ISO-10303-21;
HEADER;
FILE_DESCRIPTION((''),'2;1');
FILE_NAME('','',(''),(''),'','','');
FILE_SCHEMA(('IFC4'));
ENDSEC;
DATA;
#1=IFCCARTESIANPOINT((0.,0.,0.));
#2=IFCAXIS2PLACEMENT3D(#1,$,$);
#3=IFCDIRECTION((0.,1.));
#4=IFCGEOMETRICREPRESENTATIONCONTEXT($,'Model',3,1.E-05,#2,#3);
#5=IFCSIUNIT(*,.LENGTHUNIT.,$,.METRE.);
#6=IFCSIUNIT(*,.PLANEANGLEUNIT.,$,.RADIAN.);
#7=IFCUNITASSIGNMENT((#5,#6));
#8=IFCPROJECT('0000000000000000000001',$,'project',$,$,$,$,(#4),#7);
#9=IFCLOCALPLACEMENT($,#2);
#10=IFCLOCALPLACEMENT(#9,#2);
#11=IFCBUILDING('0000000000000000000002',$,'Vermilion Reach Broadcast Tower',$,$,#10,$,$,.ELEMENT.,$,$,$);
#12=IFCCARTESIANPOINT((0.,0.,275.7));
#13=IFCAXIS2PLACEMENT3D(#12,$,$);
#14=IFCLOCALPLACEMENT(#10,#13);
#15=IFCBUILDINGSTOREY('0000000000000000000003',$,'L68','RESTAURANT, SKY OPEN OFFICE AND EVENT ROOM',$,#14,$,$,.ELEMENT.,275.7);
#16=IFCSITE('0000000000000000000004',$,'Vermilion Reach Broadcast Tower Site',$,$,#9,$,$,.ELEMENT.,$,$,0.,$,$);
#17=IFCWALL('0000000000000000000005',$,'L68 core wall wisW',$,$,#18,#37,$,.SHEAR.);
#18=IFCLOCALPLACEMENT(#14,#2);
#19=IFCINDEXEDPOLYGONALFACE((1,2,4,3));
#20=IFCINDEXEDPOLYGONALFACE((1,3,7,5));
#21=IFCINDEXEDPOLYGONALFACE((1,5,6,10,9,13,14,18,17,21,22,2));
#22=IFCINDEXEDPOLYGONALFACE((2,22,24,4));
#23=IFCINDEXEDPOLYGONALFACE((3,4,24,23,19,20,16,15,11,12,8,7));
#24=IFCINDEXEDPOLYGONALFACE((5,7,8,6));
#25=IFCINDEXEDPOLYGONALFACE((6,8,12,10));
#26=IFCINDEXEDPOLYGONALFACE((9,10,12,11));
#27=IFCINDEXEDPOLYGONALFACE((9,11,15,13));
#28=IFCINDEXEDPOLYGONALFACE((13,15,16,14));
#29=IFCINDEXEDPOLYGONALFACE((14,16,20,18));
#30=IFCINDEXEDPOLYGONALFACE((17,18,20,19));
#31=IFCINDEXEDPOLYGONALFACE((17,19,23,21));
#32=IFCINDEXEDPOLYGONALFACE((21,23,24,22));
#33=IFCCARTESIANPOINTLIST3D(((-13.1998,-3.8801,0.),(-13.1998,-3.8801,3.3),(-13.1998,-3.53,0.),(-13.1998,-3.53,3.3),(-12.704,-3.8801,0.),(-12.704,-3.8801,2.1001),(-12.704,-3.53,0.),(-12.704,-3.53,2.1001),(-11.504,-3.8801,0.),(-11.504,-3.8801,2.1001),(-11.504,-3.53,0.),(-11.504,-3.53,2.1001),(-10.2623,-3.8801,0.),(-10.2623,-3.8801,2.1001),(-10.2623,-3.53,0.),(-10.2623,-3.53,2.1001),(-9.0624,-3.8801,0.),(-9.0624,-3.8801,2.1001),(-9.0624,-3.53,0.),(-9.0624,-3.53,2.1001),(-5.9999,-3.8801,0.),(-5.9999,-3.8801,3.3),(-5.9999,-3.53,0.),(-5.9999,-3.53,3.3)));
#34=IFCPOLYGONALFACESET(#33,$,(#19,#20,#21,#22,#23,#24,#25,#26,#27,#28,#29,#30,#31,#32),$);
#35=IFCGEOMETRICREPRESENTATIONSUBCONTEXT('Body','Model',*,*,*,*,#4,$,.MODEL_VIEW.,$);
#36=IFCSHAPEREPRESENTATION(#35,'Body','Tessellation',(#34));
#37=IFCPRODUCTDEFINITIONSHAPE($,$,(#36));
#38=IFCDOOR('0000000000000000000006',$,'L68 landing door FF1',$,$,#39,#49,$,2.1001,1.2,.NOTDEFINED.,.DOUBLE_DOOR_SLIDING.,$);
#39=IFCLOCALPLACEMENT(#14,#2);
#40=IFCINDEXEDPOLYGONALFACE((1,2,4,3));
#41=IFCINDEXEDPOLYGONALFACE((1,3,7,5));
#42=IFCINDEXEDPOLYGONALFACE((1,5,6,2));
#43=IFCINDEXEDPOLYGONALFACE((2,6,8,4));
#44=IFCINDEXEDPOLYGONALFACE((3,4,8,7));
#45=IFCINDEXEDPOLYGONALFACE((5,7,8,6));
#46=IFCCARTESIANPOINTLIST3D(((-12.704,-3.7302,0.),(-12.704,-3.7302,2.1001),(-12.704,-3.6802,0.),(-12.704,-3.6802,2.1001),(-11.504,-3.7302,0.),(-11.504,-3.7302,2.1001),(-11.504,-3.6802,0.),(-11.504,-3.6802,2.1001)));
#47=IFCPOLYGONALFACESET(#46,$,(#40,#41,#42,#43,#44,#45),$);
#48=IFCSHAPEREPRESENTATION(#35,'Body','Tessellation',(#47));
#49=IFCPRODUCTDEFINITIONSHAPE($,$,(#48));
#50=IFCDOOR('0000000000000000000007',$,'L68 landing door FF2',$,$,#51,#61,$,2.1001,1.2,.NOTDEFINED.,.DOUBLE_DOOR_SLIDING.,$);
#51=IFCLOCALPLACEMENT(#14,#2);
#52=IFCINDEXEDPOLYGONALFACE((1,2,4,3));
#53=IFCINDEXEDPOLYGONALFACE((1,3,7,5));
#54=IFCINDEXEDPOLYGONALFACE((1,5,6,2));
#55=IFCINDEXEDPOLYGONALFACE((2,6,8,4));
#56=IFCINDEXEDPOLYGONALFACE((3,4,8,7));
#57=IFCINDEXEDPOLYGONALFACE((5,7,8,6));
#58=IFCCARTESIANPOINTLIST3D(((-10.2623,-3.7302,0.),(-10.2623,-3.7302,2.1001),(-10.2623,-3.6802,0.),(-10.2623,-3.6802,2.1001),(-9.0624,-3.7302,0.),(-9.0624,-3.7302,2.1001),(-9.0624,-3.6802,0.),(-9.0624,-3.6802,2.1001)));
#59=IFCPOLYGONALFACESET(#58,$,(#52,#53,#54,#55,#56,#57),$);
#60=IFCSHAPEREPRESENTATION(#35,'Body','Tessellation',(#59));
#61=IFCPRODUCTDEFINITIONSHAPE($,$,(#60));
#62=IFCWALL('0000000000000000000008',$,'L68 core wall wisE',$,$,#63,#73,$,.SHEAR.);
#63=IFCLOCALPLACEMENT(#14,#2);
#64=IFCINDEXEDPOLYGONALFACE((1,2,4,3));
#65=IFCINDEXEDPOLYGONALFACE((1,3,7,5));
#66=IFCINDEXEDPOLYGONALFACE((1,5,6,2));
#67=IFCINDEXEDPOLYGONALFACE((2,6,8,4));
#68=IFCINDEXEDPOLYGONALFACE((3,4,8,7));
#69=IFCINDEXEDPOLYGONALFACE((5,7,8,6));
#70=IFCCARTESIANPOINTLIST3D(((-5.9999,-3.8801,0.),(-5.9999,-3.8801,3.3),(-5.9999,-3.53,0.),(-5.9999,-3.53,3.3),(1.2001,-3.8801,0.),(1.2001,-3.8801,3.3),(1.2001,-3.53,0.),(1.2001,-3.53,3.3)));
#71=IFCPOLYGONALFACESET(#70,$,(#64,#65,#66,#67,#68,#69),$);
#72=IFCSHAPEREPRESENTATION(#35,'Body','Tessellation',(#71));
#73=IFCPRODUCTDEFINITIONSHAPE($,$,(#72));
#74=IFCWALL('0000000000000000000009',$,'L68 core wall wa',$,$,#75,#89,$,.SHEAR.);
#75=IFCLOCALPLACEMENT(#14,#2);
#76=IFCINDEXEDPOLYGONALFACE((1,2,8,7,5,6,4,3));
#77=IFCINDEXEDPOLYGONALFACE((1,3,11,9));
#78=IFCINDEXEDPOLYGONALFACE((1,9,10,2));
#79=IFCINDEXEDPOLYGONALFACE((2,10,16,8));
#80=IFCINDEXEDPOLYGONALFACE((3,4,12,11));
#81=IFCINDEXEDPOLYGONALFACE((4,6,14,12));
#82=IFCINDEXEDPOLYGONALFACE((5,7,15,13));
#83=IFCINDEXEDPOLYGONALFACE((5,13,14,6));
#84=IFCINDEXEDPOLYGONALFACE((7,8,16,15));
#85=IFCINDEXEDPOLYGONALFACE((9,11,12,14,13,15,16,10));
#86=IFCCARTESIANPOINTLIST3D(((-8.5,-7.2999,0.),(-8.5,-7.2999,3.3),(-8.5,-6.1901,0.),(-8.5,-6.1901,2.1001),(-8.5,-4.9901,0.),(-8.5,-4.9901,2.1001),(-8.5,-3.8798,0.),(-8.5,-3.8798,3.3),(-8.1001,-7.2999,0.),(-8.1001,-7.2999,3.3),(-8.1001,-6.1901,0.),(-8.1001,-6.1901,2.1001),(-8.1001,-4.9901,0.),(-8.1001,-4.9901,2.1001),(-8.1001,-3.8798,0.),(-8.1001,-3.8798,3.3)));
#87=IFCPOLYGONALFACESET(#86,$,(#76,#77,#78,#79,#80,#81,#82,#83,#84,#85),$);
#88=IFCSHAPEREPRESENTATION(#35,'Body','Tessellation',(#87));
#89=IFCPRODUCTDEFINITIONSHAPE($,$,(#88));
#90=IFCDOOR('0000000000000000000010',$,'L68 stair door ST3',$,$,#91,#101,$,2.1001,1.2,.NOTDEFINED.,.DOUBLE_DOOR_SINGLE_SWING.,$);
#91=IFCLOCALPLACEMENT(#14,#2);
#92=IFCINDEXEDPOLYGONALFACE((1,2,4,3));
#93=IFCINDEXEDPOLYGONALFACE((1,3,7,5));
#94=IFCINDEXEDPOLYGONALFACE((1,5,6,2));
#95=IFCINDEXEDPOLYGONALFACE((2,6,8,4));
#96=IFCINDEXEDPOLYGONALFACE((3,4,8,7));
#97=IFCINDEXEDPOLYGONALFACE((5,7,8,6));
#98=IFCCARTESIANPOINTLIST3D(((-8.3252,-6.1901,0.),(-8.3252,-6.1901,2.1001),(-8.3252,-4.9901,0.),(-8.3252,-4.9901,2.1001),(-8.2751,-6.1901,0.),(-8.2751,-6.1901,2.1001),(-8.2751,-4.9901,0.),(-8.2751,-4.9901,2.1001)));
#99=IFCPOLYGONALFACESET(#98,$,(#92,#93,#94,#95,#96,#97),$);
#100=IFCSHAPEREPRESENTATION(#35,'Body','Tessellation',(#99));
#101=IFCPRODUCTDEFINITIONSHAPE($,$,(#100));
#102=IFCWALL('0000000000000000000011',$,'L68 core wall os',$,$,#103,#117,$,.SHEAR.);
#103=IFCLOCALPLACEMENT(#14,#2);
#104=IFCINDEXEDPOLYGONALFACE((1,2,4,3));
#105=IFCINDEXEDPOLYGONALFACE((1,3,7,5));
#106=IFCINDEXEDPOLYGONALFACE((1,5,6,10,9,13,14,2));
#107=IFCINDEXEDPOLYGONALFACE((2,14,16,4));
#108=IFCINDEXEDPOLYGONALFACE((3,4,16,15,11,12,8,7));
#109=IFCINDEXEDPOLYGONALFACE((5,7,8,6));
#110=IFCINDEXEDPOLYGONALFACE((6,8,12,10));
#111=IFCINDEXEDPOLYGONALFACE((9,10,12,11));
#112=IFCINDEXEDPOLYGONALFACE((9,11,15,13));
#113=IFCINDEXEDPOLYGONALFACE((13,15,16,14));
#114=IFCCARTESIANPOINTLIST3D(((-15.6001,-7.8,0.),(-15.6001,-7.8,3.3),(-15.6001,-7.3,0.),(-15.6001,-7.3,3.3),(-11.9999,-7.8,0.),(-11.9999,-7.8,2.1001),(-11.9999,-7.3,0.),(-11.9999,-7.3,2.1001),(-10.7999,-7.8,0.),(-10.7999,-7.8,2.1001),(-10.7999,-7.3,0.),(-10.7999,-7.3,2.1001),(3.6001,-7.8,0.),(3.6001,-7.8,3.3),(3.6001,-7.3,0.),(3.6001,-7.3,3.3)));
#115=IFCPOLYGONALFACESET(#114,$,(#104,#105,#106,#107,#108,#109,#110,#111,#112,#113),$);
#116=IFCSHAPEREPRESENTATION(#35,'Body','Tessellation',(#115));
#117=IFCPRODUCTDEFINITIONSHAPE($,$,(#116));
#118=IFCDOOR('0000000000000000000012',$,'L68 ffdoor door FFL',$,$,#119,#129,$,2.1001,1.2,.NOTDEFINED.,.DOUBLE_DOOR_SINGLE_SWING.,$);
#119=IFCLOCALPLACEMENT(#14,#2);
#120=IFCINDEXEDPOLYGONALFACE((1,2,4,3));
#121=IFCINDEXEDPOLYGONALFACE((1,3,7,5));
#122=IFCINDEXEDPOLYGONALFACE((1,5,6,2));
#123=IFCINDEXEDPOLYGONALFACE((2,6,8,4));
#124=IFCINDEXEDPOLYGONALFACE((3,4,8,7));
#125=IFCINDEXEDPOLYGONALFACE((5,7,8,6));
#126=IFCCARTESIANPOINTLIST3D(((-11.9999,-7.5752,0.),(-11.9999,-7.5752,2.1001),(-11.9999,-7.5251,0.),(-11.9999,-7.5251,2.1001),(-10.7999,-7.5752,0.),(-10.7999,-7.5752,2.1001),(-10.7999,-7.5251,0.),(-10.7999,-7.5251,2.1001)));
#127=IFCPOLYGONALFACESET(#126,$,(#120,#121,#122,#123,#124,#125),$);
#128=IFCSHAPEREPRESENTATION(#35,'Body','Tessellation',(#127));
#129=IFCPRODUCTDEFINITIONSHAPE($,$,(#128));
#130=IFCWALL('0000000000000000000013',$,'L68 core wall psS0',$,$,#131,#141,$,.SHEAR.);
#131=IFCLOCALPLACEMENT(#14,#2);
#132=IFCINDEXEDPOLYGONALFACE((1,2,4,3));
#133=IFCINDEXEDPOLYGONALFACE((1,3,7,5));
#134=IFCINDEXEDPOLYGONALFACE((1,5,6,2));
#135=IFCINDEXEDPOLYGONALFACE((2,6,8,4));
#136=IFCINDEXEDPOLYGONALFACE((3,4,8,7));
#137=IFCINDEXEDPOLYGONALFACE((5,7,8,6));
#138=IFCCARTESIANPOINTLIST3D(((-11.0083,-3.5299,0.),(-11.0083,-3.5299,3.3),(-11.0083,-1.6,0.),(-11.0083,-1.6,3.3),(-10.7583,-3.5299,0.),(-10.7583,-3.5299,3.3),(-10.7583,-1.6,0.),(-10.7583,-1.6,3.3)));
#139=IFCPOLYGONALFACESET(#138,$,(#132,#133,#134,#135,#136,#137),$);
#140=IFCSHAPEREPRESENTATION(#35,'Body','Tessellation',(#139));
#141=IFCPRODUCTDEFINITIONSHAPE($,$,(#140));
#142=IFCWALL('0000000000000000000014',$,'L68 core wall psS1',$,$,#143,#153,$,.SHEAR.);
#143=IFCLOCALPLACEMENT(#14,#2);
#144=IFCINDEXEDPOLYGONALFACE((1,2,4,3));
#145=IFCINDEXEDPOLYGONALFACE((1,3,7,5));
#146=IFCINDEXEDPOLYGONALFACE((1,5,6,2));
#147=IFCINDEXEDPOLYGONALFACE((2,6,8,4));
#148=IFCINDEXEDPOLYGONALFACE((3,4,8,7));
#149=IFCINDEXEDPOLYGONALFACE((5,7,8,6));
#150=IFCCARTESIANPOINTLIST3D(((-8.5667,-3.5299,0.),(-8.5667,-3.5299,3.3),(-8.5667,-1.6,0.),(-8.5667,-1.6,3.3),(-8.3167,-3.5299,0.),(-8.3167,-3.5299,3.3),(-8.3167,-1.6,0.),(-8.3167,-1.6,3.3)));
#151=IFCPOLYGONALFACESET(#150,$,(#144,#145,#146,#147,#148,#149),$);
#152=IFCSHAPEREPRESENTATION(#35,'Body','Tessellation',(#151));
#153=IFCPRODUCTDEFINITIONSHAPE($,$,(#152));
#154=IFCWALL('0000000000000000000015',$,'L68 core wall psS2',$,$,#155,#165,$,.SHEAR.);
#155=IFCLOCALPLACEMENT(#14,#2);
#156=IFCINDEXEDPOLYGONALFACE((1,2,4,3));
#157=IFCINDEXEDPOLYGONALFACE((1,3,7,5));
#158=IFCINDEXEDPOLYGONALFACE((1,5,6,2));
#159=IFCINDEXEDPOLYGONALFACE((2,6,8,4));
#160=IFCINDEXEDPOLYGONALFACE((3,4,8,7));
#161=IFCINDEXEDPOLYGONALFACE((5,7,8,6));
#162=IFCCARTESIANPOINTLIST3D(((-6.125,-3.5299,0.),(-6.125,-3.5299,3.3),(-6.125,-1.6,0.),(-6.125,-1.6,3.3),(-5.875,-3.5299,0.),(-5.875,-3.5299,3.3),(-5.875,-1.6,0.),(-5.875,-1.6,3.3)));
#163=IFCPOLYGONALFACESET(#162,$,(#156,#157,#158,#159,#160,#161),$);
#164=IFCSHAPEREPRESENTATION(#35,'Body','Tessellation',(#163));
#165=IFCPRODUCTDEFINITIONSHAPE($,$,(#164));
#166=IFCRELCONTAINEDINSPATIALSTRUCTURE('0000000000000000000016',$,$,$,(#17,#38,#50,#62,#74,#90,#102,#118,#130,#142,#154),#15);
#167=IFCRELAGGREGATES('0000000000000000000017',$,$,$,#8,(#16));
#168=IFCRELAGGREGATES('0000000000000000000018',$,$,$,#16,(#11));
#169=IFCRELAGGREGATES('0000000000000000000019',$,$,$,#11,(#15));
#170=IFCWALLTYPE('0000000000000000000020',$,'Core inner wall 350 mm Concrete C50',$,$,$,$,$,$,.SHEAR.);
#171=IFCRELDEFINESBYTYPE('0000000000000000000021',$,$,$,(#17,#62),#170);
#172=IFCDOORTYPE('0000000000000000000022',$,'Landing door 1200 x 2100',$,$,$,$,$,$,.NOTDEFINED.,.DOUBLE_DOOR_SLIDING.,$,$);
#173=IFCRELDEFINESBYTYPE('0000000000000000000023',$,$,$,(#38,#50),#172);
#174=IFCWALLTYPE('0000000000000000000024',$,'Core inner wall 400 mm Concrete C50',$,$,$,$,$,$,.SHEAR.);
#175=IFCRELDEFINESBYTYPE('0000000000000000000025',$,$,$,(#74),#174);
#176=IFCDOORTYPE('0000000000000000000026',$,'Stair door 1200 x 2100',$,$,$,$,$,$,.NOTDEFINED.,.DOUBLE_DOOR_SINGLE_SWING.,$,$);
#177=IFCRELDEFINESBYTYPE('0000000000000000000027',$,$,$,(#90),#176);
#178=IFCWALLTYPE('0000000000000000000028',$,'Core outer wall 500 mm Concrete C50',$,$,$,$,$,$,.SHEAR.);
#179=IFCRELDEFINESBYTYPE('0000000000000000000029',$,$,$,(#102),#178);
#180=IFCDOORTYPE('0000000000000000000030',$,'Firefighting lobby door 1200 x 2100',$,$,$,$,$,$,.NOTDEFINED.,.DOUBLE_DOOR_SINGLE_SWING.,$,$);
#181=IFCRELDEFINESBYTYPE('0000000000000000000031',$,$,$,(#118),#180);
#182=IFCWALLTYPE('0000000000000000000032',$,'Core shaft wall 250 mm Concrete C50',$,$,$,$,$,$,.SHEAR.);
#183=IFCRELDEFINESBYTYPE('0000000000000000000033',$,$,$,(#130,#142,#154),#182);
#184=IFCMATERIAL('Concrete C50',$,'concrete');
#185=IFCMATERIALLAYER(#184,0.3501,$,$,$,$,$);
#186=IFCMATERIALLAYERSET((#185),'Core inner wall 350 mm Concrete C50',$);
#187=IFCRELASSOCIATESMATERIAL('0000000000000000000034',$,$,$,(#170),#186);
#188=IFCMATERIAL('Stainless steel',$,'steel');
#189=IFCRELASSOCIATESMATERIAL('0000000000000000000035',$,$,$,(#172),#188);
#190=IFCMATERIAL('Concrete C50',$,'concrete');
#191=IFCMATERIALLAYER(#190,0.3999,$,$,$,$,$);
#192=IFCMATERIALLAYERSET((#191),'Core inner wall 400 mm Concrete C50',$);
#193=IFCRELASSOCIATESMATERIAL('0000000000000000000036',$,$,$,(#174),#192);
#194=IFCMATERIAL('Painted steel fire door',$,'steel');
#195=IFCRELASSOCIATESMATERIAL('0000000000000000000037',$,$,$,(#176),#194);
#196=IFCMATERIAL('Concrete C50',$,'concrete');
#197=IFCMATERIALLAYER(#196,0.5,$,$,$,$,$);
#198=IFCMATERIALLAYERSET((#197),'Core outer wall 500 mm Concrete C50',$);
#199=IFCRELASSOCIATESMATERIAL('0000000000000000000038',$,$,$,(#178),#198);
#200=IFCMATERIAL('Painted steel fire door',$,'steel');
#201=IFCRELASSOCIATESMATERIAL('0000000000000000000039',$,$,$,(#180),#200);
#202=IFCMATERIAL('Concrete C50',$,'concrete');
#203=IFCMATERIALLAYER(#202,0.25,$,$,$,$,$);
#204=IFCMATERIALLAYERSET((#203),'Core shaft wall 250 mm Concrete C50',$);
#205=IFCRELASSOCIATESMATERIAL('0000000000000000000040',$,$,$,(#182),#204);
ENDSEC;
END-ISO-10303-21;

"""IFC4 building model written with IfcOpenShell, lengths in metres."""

from ifc_helpers import new_model, si_unit, direction, frame, frame_2d, origin, place, context, subcontext, project, spatial, rectangle, extrude, material, layer, layer_set, type_object, element, fill, save


model = new_model("IFC4")

# Units and contexts
model_context = context("Model", 3, precision=1e-05, world=origin(), true_north=direction((0.0, 1.0)))
body_context = subcontext(model_context, "Body", "Model", "MODEL_VIEW")
ifc_project = project(units=[si_unit("LENGTHUNIT", "METRE"), si_unit("PLANEANGLEUNIT", "RADIAN")], contexts=[model_context])

# Site, building, storey
site_placement = place(None, origin())
site = spatial("IfcSite", under=ifc_project, at=site_placement, Name="Vermilion Reach Broadcast Tower Site", CompositionType="ELEMENT", RefElevation=0.0)
building_placement = place(site_placement, origin())
building = spatial("IfcBuilding", under=site, at=building_placement, Name="Vermilion Reach Broadcast Tower", CompositionType="ELEMENT")
storey_placement = place(building_placement, frame((0.0, 0.0, 275.7)))
storey = spatial("IfcBuildingStorey", under=building, at=storey_placement, Name="L68", Description="RESTAURANT, SKY OPEN OFFICE AND EVENT ROOM", CompositionType="ELEMENT", Elevation=275.7)

# Wall, openings, doors
ifc_material_1 = material(Name="Concrete C50", Category="concrete")
ifc_layer_1 = layer(ifc_material_1, 0.3501)
ifc_layer_set_1 = layer_set([ifc_layer_1], Name="Core inner wall 350 mm Concrete C50")
wall_type_1 = type_object("IfcWallType", Name="Core inner wall 350 mm Concrete C50", PredefinedType="SHEAR", material=ifc_layer_set_1)
wall_1_placement = place(storey_placement, frame((-13.2, -3.7051, 0.0), z_axis=(0.0, 0.0, 1.0), x_axis=(1.0, 0.0, 0.0)))
wall_1 = element("IfcWall", 1, at=wall_1_placement, inside=storey, type_object=wall_type_1, Name="L68 core wall wisW", PredefinedType="SHEAR", context=body_context, shape_type="SweptSolid", body=[
    extrude(rectangle(XDim=7.2, YDim=0.3501, at=frame_2d((3.6001, 0.0))), origin(), (0.0, 0.0, 1.0), 3.3),
])
opening_1_placement = place(wall_1_placement, frame((0.4958, 0.0, 0.0)))
opening_1 = element("IfcOpeningElement", 2, at=opening_1_placement, cuts=wall_1, PredefinedType="OPENING", context=body_context, shape_type="SweptSolid", body=[
    extrude(rectangle(XDim=1.2, YDim=2.1001, at=frame_2d((0.6001, 1.05))), frame((0.0, 0.1851, 0.0), z_axis=(0.0, -1.0, 0.0), x_axis=(1.0, 0.0, 0.0)), (0.0, 0.0, 1.0), 0.3701),
])
opening_2_placement = place(wall_1_placement, frame((2.9375, 0.0, 0.0)))
opening_2 = element("IfcOpeningElement", 3, at=opening_2_placement, cuts=wall_1, PredefinedType="OPENING", context=body_context, shape_type="SweptSolid", body=[
    extrude(rectangle(XDim=1.2, YDim=2.1001, at=frame_2d((0.6001, 1.05))), frame((0.0, 0.1851, 0.0), z_axis=(0.0, -1.0, 0.0), x_axis=(1.0, 0.0, 0.0)), (0.0, 0.0, 1.0), 0.3701),
])
ifc_material_2 = material(Name="Stainless steel", Category="steel")
door_type_1 = type_object("IfcDoorType", Name="Landing door 1200 x 2100", OperationType="DOUBLE_DOOR_SLIDING", PredefinedType="NOTDEFINED", material=ifc_material_2)
door_1_placement = place(opening_1_placement, origin())
door_1 = element("IfcDoor", 4, at=door_1_placement, inside=storey, type_object=door_type_1, Name="L68 landing door FF1", OperationType="DOUBLE_DOOR_SLIDING", OverallHeight=2.1001, OverallWidth=1.2, PredefinedType="NOTDEFINED", context=body_context, shape_type="SweptSolid", body=[
    extrude(rectangle(XDim=1.2, YDim=2.1001, at=frame_2d((0.6001, 1.05))), frame((0.0, 0.0249, 0.0), z_axis=(0.0, -1.0, 0.0), x_axis=(1.0, 0.0, 0.0)), (0.0, 0.0, 1.0), 0.05),
])
fill(opening_1, door_1)
door_2_placement = place(opening_2_placement, origin())
door_2 = element("IfcDoor", 5, at=door_2_placement, inside=storey, type_object=door_type_1, Name="L68 landing door FF2", OperationType="DOUBLE_DOOR_SLIDING", OverallHeight=2.1001, OverallWidth=1.2, PredefinedType="NOTDEFINED", context=body_context, shape_type="SweptSolid", body=[
    extrude(rectangle(XDim=1.2, YDim=2.1001, at=frame_2d((0.6001, 1.05))), frame((0.0, 0.0249, 0.0), z_axis=(0.0, -1.0, 0.0), x_axis=(1.0, 0.0, 0.0)), (0.0, 0.0, 1.0), 0.05),
])
fill(opening_2, door_2)

# Wall
wall_2_placement = place(storey_placement, frame((-6.0, -3.7051, 0.0), z_axis=(0.0, 0.0, 1.0), x_axis=(1.0, 0.0, 0.0)))
element("IfcWall", 6, at=wall_2_placement, inside=storey, type_object=wall_type_1, Name="L68 core wall wisE", PredefinedType="SHEAR", context=body_context, shape_type="SweptSolid", body=[
    extrude(rectangle(XDim=7.2, YDim=0.3501, at=frame_2d((3.6001, 0.0))), origin(), (0.0, 0.0, 1.0), 3.3),
])

# Walls, openings, doors
ifc_material_3 = material(Name="Concrete C50", Category="concrete")
ifc_layer_2 = layer(ifc_material_3, 0.3999)
ifc_layer_set_2 = layer_set([ifc_layer_2], Name="Core inner wall 400 mm Concrete C50")
wall_type_2 = type_object("IfcWallType", Name="Core inner wall 400 mm Concrete C50", PredefinedType="SHEAR", material=ifc_layer_set_2)
wall_3_placement = place(storey_placement, frame((-8.3, -3.8799, 0.0), z_axis=(0.0, 0.0, 1.0), x_axis=(0.0, -1.0, 0.0)))
wall_3 = element("IfcWall", 7, at=wall_3_placement, inside=storey, type_object=wall_type_2, Name="L68 core wall wa", PredefinedType="SHEAR", context=body_context, shape_type="SweptSolid", body=[
    extrude(rectangle(XDim=3.4202, YDim=0.3999, at=frame_2d((1.71, 0.0))), origin(), (0.0, 0.0, 1.0), 3.3),
])
opening_3_placement = place(wall_3_placement, frame((1.1101, 0.0, 0.0)))
opening_3 = element("IfcOpeningElement", 8, at=opening_3_placement, cuts=wall_3, PredefinedType="OPENING", context=body_context, shape_type="SweptSolid", body=[
    extrude(rectangle(XDim=1.2, YDim=2.1001, at=frame_2d((0.6001, 1.05))), frame((0.0, 0.21, 0.0), z_axis=(0.0, -1.0, 0.0), x_axis=(1.0, 0.0, 0.0)), (0.0, 0.0, 1.0), 0.4199),
])
ifc_material_4 = material(Name="Painted steel fire door", Category="steel")
door_type_2 = type_object("IfcDoorType", Name="Stair door 1200 x 2100", OperationType="DOUBLE_DOOR_SINGLE_SWING", PredefinedType="NOTDEFINED", material=ifc_material_4)
door_3_placement = place(opening_3_placement, origin())
door_3 = element("IfcDoor", 9, at=door_3_placement, inside=storey, type_object=door_type_2, Name="L68 stair door ST3", OperationType="DOUBLE_DOOR_SINGLE_SWING", OverallHeight=2.1001, OverallWidth=1.2, PredefinedType="NOTDEFINED", context=body_context, shape_type="SweptSolid", body=[
    extrude(rectangle(XDim=1.2, YDim=2.1001, at=frame_2d((0.6001, 1.05))), frame((0.0, 0.0249, 0.0), z_axis=(0.0, -1.0, 0.0), x_axis=(1.0, 0.0, 0.0)), (0.0, 0.0, 1.0), 0.05),
])
fill(opening_3, door_3)
ifc_material_5 = material(Name="Concrete C50", Category="concrete")
ifc_layer_3 = layer(ifc_material_5, 0.5)
ifc_layer_set_3 = layer_set([ifc_layer_3], Name="Core outer wall 500 mm Concrete C50")
wall_type_3 = type_object("IfcWallType", Name="Core outer wall 500 mm Concrete C50", PredefinedType="SHEAR", material=ifc_layer_set_3)
wall_4_placement = place(storey_placement, frame((-15.6001, -7.55, 0.0), z_axis=(0.0, 0.0, 1.0), x_axis=(1.0, 0.0, 0.0)))
wall_4 = element("IfcWall", 10, at=wall_4_placement, inside=storey, type_object=wall_type_3, Name="L68 core wall os", PredefinedType="SHEAR", context=body_context, shape_type="SweptSolid", body=[
    extrude(rectangle(XDim=19.2002, YDim=0.5, at=frame_2d((9.6001, 0.0))), origin(), (0.0, 0.0, 1.0), 3.3),
])
opening_4_placement = place(wall_4_placement, frame((3.6001, 0.0, 0.0)))
opening_4 = element("IfcOpeningElement", 11, at=opening_4_placement, cuts=wall_4, PredefinedType="OPENING", context=body_context, shape_type="SweptSolid", body=[
    extrude(rectangle(XDim=1.2, YDim=2.1001, at=frame_2d((0.6001, 1.05))), frame((0.0, 0.26, 0.0), z_axis=(0.0, -1.0, 0.0), x_axis=(1.0, 0.0, 0.0)), (0.0, 0.0, 1.0), 0.52),
])
ifc_material_6 = material(Name="Painted steel fire door", Category="steel")
door_type_3 = type_object("IfcDoorType", Name="Firefighting lobby door 1200 x 2100", OperationType="DOUBLE_DOOR_SINGLE_SWING", PredefinedType="NOTDEFINED", material=ifc_material_6)
door_4_placement = place(opening_4_placement, origin())
door_4 = element("IfcDoor", 12, at=door_4_placement, inside=storey, type_object=door_type_3, Name="L68 ffdoor door FFL", OperationType="DOUBLE_DOOR_SINGLE_SWING", OverallHeight=2.1001, OverallWidth=1.2, PredefinedType="NOTDEFINED", context=body_context, shape_type="SweptSolid", body=[
    extrude(rectangle(XDim=1.2, YDim=2.1001, at=frame_2d((0.6001, 1.05))), frame((0.0, 0.0249, 0.0), z_axis=(0.0, -1.0, 0.0), x_axis=(1.0, 0.0, 0.0)), (0.0, 0.0, 1.0), 0.05),
])
fill(opening_4, door_4)

# Walls
ifc_material_7 = material(Name="Concrete C50", Category="concrete")
ifc_layer_4 = layer(ifc_material_7, 0.25)
ifc_layer_set_4 = layer_set([ifc_layer_4], Name="Core shaft wall 250 mm Concrete C50")
wall_type_4 = type_object("IfcWallType", Name="Core shaft wall 250 mm Concrete C50", PredefinedType="SHEAR", material=ifc_layer_set_4)
for number, where, z_axis, x_axis, name in (
    (13, (-10.8833, -1.6001, 0.0), (0.0, 0.0, 1.0), (0.0, -1.0, 0.0), "L68 core wall psS0"),
    (14, (-8.4417, -1.6001, 0.0), (0.0, 0.0, 1.0), (0.0, -1.0, 0.0), "L68 core wall psS1"),
    (15, (-6.0, -1.6001, 0.0), (0.0, 0.0, 1.0), (0.0, -1.0, 0.0), "L68 core wall psS2"),
):
    element("IfcWall", number, at=place(storey_placement, frame(where, z_axis=z_axis, x_axis=x_axis)), inside=storey, type_object=wall_type_4, Name=name, PredefinedType="SHEAR", context=body_context, shape_type="SweptSolid", body=[
        extrude(rectangle(XDim=1.9299, YDim=0.25, at=frame_2d((0.9648, 0.0))), origin(), (0.0, 0.0, 1.0), 3.3),
    ])

save(model, "model.ifc")
